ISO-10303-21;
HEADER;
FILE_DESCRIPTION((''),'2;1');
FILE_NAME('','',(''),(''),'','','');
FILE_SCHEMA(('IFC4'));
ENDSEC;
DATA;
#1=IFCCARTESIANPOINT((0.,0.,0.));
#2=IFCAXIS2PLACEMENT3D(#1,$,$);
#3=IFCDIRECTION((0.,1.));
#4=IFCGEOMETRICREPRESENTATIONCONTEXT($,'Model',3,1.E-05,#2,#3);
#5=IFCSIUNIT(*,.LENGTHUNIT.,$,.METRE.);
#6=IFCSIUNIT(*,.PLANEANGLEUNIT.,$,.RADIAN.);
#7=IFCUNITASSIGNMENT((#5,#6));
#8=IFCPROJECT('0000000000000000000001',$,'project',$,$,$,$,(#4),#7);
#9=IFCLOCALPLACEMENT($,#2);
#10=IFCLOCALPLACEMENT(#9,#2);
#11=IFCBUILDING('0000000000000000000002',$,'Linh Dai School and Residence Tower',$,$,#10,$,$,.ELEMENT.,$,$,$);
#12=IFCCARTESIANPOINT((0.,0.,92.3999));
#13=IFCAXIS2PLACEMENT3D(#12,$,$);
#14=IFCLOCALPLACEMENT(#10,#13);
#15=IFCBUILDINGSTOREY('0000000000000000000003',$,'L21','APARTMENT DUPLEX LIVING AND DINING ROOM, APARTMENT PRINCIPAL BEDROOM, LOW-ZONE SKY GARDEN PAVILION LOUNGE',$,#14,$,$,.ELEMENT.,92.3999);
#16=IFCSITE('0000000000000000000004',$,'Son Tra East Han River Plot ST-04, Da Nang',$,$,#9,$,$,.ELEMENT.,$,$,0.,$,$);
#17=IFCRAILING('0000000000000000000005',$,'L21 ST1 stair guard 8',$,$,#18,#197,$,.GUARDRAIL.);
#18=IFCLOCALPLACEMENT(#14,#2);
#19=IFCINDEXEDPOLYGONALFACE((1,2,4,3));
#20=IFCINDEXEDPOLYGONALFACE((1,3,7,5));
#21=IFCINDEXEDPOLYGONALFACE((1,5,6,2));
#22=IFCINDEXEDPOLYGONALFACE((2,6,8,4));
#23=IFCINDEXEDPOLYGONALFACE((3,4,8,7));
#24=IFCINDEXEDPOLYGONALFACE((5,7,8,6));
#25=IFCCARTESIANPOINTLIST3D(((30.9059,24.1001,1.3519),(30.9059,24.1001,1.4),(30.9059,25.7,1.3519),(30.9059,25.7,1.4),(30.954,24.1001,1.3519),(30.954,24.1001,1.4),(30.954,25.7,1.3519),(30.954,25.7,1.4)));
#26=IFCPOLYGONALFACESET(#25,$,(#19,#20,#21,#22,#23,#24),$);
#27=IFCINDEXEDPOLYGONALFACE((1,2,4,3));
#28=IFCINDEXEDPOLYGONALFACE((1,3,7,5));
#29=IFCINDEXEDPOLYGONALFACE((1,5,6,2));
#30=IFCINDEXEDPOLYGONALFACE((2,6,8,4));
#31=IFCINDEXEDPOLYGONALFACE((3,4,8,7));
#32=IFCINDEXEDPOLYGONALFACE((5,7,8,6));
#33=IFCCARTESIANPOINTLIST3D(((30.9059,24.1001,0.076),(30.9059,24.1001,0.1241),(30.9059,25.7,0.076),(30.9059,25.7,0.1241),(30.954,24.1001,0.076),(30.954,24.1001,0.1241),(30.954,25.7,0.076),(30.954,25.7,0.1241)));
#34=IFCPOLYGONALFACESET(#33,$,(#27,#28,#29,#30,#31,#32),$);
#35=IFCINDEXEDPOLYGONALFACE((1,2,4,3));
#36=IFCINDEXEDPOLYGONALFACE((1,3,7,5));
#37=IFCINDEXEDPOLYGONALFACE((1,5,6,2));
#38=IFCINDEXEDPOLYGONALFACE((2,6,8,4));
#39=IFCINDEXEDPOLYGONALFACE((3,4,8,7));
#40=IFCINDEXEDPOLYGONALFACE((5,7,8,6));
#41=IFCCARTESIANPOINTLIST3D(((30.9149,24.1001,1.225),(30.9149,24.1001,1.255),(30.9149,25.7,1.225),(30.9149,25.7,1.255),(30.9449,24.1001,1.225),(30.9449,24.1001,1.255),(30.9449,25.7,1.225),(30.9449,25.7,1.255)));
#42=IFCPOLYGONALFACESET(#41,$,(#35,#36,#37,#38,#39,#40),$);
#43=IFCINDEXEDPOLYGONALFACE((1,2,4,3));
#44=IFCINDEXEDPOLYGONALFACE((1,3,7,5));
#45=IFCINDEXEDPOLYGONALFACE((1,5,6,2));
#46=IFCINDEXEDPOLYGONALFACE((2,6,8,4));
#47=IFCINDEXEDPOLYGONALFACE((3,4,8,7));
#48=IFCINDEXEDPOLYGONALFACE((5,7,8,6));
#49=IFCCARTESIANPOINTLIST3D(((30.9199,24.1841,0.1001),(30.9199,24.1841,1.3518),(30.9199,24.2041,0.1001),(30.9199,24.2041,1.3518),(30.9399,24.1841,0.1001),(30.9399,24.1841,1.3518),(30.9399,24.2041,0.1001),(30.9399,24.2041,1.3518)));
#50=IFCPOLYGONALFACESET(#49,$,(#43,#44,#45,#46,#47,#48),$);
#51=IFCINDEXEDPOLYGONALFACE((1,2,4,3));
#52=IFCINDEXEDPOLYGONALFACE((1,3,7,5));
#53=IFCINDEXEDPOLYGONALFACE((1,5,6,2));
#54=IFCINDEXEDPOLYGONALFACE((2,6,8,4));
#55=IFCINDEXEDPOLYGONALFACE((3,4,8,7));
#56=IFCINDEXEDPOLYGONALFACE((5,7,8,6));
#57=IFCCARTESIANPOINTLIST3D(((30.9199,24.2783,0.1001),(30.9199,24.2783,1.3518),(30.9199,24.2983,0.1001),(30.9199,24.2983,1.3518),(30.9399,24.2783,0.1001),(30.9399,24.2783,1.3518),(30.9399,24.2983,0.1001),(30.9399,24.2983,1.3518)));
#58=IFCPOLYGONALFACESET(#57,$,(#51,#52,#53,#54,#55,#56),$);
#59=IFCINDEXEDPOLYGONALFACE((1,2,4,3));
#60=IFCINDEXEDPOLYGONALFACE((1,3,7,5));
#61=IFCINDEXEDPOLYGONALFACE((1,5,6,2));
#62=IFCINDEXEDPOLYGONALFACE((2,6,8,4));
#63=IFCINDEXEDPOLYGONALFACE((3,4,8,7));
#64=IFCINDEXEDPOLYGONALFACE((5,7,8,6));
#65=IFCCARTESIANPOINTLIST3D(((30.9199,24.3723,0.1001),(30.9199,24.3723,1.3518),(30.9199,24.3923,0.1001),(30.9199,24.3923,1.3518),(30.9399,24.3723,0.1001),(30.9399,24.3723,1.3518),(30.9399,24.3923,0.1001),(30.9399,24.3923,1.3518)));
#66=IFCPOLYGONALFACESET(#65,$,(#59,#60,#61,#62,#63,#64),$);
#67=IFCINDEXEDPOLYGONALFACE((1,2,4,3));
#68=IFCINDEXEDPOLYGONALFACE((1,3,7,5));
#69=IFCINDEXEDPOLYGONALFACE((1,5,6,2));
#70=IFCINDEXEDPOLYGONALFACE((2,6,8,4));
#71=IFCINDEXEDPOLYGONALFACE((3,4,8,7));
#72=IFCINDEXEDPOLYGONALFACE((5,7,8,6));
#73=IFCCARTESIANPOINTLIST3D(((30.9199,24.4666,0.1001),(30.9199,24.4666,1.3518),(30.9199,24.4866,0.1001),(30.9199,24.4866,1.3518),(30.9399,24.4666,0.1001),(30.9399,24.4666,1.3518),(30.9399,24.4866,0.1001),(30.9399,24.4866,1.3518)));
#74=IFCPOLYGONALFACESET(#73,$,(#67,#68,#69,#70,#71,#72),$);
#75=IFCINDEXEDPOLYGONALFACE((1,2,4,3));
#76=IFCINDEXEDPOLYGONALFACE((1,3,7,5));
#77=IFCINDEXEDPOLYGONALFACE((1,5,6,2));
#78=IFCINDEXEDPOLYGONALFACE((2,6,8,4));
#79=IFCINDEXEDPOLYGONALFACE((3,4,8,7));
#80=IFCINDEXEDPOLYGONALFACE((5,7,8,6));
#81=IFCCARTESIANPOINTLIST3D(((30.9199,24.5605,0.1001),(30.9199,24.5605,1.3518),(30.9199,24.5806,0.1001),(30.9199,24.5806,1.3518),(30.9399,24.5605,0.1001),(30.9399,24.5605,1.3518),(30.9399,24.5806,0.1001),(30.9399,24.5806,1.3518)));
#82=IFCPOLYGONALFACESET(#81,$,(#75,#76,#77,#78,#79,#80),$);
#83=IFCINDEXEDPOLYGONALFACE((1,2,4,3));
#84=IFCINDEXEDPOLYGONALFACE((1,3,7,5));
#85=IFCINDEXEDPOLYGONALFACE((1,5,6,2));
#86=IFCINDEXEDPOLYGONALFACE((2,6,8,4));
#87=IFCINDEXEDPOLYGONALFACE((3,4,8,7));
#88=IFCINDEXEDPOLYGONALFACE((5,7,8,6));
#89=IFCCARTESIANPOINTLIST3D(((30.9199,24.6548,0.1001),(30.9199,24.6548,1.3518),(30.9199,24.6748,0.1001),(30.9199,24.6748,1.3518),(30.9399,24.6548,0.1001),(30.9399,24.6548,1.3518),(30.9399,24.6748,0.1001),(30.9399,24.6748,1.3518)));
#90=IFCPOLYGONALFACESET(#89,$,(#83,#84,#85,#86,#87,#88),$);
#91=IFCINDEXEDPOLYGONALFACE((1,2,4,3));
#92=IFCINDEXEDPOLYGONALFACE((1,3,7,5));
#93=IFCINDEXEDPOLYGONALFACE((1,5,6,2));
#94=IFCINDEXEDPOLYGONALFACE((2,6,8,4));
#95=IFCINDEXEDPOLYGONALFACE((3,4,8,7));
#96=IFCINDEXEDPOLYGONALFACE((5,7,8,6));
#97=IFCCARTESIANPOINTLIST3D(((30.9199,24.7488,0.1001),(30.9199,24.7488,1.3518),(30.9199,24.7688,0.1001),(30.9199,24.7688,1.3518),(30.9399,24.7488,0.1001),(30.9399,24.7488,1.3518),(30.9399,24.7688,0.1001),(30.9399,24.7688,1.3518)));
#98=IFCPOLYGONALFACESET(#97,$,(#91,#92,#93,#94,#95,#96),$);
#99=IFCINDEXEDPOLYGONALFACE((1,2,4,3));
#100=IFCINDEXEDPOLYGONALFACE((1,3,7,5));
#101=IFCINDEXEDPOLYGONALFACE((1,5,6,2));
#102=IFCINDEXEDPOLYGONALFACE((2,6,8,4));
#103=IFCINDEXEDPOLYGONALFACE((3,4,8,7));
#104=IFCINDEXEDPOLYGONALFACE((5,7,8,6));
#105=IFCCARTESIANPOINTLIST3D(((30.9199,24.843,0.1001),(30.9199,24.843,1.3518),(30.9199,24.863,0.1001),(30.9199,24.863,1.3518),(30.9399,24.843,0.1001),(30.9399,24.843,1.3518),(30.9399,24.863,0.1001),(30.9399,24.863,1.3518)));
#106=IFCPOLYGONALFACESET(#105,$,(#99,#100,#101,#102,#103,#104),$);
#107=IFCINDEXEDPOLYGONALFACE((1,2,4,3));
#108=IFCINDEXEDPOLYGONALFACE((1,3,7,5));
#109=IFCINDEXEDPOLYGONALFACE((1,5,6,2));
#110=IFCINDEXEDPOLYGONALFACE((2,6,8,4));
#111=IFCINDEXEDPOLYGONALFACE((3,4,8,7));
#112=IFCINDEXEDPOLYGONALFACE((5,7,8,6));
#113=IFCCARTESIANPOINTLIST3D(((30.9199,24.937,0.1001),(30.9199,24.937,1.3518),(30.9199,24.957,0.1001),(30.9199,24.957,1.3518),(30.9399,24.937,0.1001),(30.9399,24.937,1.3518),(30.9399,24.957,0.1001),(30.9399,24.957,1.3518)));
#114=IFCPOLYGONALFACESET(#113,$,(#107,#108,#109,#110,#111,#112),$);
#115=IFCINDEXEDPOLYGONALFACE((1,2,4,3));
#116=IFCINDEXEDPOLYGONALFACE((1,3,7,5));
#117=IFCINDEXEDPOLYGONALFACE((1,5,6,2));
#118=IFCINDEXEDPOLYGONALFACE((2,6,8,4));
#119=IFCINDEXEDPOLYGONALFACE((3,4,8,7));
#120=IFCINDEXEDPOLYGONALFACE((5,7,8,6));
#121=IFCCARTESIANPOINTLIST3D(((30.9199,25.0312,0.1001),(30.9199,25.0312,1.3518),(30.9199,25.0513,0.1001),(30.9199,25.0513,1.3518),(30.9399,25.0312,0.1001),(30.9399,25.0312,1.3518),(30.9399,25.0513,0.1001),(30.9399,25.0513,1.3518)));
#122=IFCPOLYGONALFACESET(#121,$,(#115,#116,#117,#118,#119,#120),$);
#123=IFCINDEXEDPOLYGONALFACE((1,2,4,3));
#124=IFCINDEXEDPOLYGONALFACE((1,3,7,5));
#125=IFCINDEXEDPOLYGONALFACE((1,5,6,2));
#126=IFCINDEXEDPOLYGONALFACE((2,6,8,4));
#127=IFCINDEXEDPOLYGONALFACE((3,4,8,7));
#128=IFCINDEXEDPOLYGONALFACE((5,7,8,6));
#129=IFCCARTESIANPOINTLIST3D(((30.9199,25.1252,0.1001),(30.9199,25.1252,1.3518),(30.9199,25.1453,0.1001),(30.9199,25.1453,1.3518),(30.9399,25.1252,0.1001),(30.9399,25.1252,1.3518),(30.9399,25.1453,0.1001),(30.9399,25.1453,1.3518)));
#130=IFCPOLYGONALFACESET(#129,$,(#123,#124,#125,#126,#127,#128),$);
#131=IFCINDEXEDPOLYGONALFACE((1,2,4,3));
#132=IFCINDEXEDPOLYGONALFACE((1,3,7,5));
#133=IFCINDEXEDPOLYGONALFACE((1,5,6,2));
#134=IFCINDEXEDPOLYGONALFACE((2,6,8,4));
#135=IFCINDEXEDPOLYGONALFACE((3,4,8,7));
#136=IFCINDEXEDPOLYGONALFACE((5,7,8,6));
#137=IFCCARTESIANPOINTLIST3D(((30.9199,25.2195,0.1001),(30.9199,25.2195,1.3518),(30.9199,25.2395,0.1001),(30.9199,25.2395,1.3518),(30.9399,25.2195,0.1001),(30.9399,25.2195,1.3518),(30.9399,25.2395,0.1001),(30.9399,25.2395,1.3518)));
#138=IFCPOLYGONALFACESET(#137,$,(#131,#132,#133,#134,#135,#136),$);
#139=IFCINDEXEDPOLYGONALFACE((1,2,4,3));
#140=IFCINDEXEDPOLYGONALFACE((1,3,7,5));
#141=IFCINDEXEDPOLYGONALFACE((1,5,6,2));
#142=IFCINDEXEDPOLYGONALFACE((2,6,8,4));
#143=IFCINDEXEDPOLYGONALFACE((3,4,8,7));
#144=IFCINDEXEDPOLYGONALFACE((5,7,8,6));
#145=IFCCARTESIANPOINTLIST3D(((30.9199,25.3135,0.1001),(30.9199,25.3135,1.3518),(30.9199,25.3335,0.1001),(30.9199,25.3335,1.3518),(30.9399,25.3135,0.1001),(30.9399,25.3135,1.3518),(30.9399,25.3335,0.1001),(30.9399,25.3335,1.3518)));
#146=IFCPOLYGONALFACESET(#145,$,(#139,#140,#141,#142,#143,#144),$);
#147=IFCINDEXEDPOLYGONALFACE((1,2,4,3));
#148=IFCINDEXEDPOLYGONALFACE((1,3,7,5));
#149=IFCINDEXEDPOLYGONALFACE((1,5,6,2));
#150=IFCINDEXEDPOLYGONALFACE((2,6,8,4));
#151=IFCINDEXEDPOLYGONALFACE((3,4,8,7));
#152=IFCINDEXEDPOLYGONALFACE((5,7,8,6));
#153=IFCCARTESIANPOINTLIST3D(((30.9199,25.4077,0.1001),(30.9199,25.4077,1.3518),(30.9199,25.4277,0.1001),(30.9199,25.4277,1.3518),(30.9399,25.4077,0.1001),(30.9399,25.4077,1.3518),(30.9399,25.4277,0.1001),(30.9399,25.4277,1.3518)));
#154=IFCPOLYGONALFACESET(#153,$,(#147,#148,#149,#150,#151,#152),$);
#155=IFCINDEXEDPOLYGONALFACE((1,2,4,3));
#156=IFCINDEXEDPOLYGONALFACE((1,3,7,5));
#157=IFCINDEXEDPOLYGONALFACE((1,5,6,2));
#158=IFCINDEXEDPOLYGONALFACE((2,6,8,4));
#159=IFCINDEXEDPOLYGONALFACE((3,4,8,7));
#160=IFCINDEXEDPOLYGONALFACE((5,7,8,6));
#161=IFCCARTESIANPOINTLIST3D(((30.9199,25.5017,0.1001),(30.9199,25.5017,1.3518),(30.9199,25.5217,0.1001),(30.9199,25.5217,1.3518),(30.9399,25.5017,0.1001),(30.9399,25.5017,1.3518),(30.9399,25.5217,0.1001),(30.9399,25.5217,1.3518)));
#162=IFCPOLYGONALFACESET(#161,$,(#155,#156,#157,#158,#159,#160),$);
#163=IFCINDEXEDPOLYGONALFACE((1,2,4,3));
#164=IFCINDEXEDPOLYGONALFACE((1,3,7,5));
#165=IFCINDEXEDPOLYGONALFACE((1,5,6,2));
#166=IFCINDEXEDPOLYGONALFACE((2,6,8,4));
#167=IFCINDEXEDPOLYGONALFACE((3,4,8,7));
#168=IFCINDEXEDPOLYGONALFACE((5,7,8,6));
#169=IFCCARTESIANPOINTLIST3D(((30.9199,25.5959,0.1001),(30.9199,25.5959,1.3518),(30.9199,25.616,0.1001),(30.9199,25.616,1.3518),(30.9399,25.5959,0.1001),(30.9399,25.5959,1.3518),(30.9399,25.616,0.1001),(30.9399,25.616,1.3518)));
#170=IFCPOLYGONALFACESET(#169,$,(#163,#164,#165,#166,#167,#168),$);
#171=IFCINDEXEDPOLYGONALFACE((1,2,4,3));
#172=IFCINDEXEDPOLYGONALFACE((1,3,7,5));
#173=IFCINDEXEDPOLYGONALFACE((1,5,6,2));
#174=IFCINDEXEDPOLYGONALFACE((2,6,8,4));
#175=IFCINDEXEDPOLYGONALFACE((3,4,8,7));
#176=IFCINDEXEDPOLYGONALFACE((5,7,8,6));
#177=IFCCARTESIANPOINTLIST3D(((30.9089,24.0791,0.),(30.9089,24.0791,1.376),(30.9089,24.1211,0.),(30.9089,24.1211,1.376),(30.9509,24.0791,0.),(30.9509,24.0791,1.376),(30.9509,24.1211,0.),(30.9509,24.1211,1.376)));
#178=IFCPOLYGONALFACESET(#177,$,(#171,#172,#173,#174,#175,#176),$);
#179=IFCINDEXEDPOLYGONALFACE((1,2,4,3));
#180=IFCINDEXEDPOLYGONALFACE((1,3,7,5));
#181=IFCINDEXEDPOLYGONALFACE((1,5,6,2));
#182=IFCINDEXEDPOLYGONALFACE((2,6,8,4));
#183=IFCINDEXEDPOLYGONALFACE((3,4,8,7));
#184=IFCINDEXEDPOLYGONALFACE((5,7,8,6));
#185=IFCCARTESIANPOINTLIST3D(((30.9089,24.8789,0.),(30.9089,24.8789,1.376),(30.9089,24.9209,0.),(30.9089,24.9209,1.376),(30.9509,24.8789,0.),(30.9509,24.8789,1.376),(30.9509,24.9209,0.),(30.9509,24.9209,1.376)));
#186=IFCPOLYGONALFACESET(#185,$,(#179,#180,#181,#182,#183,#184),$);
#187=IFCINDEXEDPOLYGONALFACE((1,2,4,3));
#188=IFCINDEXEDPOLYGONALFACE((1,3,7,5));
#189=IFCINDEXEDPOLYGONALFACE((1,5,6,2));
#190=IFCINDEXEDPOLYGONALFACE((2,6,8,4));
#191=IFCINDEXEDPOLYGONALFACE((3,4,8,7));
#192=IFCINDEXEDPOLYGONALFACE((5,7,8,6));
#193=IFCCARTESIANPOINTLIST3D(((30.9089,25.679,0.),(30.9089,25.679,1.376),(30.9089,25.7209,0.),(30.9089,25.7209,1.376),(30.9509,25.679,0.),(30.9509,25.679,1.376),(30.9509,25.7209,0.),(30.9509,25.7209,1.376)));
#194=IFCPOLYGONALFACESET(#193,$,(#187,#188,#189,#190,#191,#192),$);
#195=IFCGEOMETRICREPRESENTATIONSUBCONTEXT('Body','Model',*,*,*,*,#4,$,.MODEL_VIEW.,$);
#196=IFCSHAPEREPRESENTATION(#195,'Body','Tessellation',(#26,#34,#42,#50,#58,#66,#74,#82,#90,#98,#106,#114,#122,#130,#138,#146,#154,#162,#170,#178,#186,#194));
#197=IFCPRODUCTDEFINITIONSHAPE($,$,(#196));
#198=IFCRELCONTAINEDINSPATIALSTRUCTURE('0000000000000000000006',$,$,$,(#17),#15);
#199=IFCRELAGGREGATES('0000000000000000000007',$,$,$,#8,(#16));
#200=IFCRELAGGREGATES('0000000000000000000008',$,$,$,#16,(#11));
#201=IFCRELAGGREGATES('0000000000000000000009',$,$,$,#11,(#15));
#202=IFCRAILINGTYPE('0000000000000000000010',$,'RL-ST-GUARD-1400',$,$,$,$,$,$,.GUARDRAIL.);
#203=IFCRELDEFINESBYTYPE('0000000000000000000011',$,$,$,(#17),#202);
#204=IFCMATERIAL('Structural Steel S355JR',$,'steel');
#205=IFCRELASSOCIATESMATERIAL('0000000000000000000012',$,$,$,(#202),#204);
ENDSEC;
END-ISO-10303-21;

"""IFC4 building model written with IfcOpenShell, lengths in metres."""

from ifc_helpers import new_model, si_unit, direction, frame, origin, origin_2d, place, context, subcontext, project, spatial, rectangle, extrude, source, transform, mapped, material, type_object, element, save


model = new_model("IFC4")

# Units and contexts
model_context = context("Model", 3, precision=1e-05, world=origin(), true_north=direction((0.0, 1.0)))
body_context = subcontext(model_context, "Body", "Model", "MODEL_VIEW")
ifc_project = project(units=[si_unit("LENGTHUNIT", "METRE"), si_unit("PLANEANGLEUNIT", "RADIAN")], contexts=[model_context])

# Site, building, storey
site_placement = place(None, origin())
site = spatial("IfcSite", under=ifc_project, at=site_placement, Name="Son Tra East Han River Plot ST-04, Da Nang", CompositionType="ELEMENT", RefElevation=0.0)
building_placement = place(site_placement, origin())
building = spatial("IfcBuilding", under=site, at=building_placement, Name="Linh Dai School and Residence Tower", CompositionType="ELEMENT")
storey_placement = place(building_placement, frame((0.0, 0.0, 92.3999)))
storey = spatial("IfcBuildingStorey", under=building, at=storey_placement, Name="L21", Description="APARTMENT DUPLEX LIVING AND DINING ROOM, APARTMENT PRINCIPAL BEDROOM, LOW-ZONE SKY GARDEN PAVILION LOUNGE", CompositionType="ELEMENT", Elevation=92.3999)

# Shared definitions
ifc_material_1 = material(Name="Structural Steel S355JR", Category="steel")

# Railing
railing_type_1 = type_object("IfcRailingType", Name="RL-ST-GUARD-1400", PredefinedType="GUARDRAIL", material=ifc_material_1)
shared_shape_1 = source(origin(), body_context, "Body", "SweptSolid", [
    extrude(rectangle(XDim=0.0481, YDim=0.0481, at=origin_2d()), frame((0.0, 0.0, 1.376), z_axis=(0.0, 1.0, 0.0), x_axis=(-1.0, 0.0, 0.0)), (0.0, 0.0, 1.0), 1.5999),
    extrude(rectangle(XDim=0.0481, YDim=0.0481, at=origin_2d()), frame((0.0, 0.0, 0.1001), z_axis=(0.0, 1.0, 0.0), x_axis=(-1.0, 0.0, 0.0)), (0.0, 0.0, 1.0), 1.5999),
    extrude(rectangle(XDim=0.03, YDim=0.03, at=origin_2d()), frame((0.0, 0.0, 1.24), z_axis=(0.0, 1.0, 0.0), x_axis=(-1.0, 0.0, 0.0)), (0.0, 0.0, 1.0), 1.5999),
    extrude(rectangle(XDim=0.02, YDim=0.02, at=origin_2d()), frame((0.0, 0.094, 0.1001)), (0.0, 0.0, 1.0), 1.2517),
    extrude(rectangle(XDim=0.02, YDim=0.02, at=origin_2d()), frame((0.0, 0.1882, 0.1001)), (0.0, 0.0, 1.0), 1.2517),
    extrude(rectangle(XDim=0.02, YDim=0.02, at=origin_2d()), frame((0.0, 0.2822, 0.1001)), (0.0, 0.0, 1.0), 1.2517),
    extrude(rectangle(XDim=0.02, YDim=0.02, at=origin_2d()), frame((0.0, 0.3765, 0.1001)), (0.0, 0.0, 1.0), 1.2517),
    extrude(rectangle(XDim=0.02, YDim=0.02, at=origin_2d()), frame((0.0, 0.4705, 0.1001)), (0.0, 0.0, 1.0), 1.2517),
    extrude(rectangle(XDim=0.02, YDim=0.02, at=origin_2d()), frame((0.0, 0.5647, 0.1001)), (0.0, 0.0, 1.0), 1.2517),
    extrude(rectangle(XDim=0.02, YDim=0.02, at=origin_2d()), frame((0.0, 0.6587, 0.1001)), (0.0, 0.0, 1.0), 1.2517),
    extrude(rectangle(XDim=0.02, YDim=0.02, at=origin_2d()), frame((0.0, 0.7529, 0.1001)), (0.0, 0.0, 1.0), 1.2517),
    extrude(rectangle(XDim=0.02, YDim=0.02, at=origin_2d()), frame((0.0, 0.8469, 0.1001)), (0.0, 0.0, 1.0), 1.2517),
    extrude(rectangle(XDim=0.02, YDim=0.02, at=origin_2d()), frame((0.0, 0.9412, 0.1001)), (0.0, 0.0, 1.0), 1.2517),
    extrude(rectangle(XDim=0.02, YDim=0.02, at=origin_2d()), frame((0.0, 1.0352, 0.1001)), (0.0, 0.0, 1.0), 1.2517),
    extrude(rectangle(XDim=0.02, YDim=0.02, at=origin_2d()), frame((0.0, 1.1294, 0.1001)), (0.0, 0.0, 1.0), 1.2517),
    extrude(rectangle(XDim=0.02, YDim=0.02, at=origin_2d()), frame((0.0, 1.2234, 0.1001)), (0.0, 0.0, 1.0), 1.2517),
    extrude(rectangle(XDim=0.02, YDim=0.02, at=origin_2d()), frame((0.0, 1.3176, 0.1001)), (0.0, 0.0, 1.0), 1.2517),
    extrude(rectangle(XDim=0.02, YDim=0.02, at=origin_2d()), frame((0.0, 1.4116, 0.1001)), (0.0, 0.0, 1.0), 1.2517),
    extrude(rectangle(XDim=0.02, YDim=0.02, at=origin_2d()), frame((0.0, 1.5059, 0.1001)), (0.0, 0.0, 1.0), 1.2517),
    extrude(rectangle(XDim=0.042, YDim=0.042, at=origin_2d()), origin(), (0.0, 0.0, 1.0), 1.376),
    extrude(rectangle(XDim=0.042, YDim=0.042, at=origin_2d()), frame((0.0, 0.7998, 0.0)), (0.0, 0.0, 1.0), 1.376),
    extrude(rectangle(XDim=0.042, YDim=0.042, at=origin_2d()), frame((0.0, 1.5999, 0.0)), (0.0, 0.0, 1.0), 1.376),
])
for number, where, name in (
    (1, (30.9299, 24.1001, 0.0), "L21 ST1 stair guard 8"),
):
    element("IfcRailing", number, at=place(storey_placement, frame(where)), inside=storey, type_object=railing_type_1, Name=name, PredefinedType="GUARDRAIL", context=body_context, shape_type="MappedRepresentation", body=[
        mapped(shared_shape_1, transform((0.0, 0.0, 0.0), x_axis=(1.0, 0.0, 0.0), y_axis=(0.0, 1.0, 0.0), z_axis=(0.0, 0.0, 1.0), scale=1.0)),
    ])

save(model, "model.ifc")
